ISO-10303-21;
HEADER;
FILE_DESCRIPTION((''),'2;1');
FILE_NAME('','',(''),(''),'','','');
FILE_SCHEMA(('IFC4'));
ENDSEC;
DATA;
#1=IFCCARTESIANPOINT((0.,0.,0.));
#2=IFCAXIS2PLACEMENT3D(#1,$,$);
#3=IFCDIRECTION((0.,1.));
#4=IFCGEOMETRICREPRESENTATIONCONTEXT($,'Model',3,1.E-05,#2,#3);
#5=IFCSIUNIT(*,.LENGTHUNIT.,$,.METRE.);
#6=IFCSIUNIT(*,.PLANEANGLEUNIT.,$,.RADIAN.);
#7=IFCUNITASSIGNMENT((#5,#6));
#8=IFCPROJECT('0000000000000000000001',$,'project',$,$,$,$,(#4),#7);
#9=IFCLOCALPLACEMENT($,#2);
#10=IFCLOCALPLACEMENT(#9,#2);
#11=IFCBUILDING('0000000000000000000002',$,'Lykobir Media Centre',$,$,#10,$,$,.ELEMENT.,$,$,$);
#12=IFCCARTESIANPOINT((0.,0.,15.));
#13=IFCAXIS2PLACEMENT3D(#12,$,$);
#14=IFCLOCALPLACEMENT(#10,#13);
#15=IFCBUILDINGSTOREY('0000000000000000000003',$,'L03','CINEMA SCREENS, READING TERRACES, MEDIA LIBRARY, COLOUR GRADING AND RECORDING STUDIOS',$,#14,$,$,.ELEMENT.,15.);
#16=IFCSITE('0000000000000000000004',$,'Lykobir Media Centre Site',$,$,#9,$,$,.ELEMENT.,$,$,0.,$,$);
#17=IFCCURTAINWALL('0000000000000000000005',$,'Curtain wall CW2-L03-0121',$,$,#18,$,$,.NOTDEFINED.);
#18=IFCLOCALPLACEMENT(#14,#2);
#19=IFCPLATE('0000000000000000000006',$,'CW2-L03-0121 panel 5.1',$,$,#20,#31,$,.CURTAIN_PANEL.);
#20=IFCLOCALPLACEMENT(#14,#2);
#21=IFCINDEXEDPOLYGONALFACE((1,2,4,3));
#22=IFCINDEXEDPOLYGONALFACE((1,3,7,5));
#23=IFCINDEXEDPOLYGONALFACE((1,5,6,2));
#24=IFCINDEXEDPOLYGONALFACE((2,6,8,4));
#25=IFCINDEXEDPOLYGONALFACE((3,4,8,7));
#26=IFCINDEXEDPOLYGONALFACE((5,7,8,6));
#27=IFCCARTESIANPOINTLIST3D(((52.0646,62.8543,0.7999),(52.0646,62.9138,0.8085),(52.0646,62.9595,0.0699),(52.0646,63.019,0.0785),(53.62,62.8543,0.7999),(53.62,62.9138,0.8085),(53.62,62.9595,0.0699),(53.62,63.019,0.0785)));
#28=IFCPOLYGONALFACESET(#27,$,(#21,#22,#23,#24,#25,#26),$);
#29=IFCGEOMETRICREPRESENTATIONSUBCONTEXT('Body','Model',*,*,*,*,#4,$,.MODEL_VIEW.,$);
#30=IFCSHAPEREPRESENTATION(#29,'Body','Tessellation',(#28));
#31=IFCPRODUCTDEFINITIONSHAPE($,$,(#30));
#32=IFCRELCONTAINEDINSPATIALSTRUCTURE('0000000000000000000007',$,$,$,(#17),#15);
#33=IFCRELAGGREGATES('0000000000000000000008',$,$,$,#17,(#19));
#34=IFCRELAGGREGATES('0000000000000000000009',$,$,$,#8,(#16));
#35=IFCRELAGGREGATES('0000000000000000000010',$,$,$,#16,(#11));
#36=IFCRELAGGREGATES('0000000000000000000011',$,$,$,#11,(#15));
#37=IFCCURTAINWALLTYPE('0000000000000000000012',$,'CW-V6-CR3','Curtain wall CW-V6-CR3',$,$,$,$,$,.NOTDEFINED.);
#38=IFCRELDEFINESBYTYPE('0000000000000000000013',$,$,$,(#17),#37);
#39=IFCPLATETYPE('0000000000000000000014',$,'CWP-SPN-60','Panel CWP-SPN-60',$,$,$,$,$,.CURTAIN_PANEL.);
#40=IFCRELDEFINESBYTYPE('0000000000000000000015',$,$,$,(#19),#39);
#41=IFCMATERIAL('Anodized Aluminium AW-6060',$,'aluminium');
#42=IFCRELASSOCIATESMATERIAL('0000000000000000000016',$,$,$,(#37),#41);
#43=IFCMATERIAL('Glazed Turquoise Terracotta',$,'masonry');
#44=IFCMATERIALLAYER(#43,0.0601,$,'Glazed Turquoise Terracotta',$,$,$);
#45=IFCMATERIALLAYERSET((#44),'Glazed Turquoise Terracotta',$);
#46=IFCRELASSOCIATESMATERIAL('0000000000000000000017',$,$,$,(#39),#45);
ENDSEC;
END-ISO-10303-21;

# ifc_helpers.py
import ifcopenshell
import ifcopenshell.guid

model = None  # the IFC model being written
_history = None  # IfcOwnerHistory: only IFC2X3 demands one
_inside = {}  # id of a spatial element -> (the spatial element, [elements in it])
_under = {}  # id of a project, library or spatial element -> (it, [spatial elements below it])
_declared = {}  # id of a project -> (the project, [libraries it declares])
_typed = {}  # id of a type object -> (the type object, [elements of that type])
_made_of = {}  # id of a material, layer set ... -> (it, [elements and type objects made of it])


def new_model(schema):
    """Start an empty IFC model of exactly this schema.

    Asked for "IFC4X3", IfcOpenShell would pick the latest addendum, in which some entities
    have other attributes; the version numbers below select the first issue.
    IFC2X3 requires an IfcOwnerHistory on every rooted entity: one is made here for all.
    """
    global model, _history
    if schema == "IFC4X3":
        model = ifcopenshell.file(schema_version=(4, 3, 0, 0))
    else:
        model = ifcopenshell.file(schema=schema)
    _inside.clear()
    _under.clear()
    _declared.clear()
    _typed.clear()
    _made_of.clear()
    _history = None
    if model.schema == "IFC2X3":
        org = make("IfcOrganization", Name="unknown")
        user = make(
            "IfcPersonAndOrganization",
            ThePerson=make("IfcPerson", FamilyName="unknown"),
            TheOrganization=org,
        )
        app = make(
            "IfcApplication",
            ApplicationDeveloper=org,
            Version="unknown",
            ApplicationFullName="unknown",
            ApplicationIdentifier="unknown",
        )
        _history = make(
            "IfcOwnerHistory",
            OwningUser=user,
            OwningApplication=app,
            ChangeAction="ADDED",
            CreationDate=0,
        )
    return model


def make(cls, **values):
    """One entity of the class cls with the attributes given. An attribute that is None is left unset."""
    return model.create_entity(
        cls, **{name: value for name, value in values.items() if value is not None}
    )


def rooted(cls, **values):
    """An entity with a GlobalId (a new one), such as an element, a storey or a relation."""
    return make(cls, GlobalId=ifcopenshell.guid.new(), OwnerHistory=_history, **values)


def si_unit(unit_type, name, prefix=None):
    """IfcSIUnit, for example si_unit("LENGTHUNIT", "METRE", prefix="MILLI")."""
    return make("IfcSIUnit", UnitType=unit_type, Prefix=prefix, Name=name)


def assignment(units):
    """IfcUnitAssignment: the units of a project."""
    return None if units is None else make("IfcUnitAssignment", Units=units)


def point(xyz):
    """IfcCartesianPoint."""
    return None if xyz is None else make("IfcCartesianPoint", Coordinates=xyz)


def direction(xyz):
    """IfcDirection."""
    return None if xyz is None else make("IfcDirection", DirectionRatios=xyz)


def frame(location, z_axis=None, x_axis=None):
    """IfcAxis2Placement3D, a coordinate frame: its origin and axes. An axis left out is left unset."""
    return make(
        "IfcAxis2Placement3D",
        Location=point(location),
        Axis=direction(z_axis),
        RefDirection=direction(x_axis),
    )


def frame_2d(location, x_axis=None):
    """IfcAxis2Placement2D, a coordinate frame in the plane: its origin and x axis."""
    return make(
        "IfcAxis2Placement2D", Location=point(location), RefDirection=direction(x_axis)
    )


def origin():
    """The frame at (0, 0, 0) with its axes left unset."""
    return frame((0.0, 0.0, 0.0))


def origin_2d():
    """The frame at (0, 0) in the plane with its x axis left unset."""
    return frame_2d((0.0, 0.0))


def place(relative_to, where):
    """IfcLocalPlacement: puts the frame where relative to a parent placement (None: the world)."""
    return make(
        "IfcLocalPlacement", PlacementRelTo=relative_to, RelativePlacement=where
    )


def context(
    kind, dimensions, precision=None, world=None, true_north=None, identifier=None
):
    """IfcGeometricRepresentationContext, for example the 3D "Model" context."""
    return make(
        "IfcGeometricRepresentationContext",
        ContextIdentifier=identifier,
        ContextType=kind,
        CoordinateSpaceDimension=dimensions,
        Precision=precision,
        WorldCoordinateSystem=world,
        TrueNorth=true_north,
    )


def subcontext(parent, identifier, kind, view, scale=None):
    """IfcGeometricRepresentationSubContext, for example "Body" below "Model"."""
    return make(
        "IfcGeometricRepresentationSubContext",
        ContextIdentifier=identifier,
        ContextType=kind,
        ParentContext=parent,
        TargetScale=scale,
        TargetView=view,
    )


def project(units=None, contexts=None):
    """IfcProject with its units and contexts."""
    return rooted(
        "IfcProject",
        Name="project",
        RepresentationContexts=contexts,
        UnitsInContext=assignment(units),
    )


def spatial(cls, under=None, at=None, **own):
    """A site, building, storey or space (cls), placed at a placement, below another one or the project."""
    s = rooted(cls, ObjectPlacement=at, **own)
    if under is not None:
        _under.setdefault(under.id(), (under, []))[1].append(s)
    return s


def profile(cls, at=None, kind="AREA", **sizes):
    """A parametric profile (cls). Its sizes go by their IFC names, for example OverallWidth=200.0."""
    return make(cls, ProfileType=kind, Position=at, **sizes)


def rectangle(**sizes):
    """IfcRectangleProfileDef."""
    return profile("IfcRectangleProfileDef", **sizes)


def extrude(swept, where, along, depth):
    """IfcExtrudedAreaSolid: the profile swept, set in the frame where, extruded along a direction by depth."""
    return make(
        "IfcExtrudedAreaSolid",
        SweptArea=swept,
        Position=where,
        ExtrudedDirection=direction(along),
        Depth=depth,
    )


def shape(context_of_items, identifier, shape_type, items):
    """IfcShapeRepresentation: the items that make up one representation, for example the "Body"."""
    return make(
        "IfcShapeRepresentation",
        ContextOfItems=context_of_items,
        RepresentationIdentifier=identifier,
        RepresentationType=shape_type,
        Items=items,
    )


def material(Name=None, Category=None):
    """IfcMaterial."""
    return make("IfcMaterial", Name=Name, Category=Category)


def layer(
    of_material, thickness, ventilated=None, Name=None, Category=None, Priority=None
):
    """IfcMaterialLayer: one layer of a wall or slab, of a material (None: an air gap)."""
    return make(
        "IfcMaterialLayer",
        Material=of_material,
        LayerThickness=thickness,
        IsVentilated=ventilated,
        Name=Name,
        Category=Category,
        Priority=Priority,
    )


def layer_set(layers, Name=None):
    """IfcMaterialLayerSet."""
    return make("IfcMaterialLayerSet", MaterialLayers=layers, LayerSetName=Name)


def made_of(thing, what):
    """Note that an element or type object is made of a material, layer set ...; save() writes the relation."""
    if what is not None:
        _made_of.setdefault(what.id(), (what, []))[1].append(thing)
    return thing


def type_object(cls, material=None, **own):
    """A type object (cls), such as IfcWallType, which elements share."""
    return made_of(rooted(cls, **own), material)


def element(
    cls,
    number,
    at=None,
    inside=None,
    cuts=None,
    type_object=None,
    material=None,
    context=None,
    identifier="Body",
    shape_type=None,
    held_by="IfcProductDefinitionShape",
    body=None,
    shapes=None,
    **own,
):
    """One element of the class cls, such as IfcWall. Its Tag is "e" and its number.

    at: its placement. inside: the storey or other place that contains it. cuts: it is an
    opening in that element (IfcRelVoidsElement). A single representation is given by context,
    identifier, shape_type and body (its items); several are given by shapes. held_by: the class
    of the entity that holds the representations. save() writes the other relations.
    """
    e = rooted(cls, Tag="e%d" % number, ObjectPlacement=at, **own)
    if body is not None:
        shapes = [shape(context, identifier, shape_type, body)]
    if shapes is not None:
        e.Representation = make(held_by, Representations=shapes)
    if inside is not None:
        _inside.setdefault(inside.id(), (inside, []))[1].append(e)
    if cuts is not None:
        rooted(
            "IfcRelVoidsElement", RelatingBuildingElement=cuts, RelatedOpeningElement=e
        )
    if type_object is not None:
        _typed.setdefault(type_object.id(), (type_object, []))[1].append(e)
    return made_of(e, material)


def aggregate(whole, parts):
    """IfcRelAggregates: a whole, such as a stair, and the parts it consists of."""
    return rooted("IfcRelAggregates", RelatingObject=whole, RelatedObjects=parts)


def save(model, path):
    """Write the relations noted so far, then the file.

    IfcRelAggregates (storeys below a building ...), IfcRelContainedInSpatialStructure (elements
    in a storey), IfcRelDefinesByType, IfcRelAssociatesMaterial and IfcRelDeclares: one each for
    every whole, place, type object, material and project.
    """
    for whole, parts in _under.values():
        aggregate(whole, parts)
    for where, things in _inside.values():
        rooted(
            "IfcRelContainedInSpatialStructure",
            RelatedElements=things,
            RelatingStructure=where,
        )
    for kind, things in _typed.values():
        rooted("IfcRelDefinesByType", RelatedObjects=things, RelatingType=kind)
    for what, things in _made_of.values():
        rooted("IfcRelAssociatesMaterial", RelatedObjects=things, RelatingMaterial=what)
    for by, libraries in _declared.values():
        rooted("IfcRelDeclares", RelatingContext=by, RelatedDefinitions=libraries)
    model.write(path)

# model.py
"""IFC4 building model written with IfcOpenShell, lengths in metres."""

from ifc_helpers import new_model, si_unit, direction, frame, origin, origin_2d, place, context, subcontext, project, spatial, rectangle, extrude, material, layer, layer_set, type_object, element, aggregate, save


model = new_model("IFC4")

# Units and contexts
model_context = context("Model", 3, precision=1e-05, world=origin(), true_north=direction((0.0, 1.0)))
body_context = subcontext(model_context, "Body", "Model", "MODEL_VIEW")
ifc_project = project(units=[si_unit("LENGTHUNIT", "METRE"), si_unit("PLANEANGLEUNIT", "RADIAN")], contexts=[model_context])

# Site, building, storey
site_placement = place(None, origin())
site = spatial("IfcSite", under=ifc_project, at=site_placement, Name="Lykobir Media Centre Site", CompositionType="ELEMENT", RefElevation=0.0)
building_placement = place(site_placement, origin())
building = spatial("IfcBuilding", under=site, at=building_placement, Name="Lykobir Media Centre", CompositionType="ELEMENT")
storey_placement = place(building_placement, frame((0.0, 0.0, 15.0)))
storey = spatial("IfcBuildingStorey", under=building, at=storey_placement, Name="L03", Description="CINEMA SCREENS, READING TERRACES, MEDIA LIBRARY, COLOUR GRADING AND RECORDING STUDIOS", CompositionType="ELEMENT", Elevation=15.0)

# Curtain wall
ifc_material_1 = material(Name="Anodized Aluminium AW-6060", Category="aluminium")
curtain_wall_type = type_object("IfcCurtainWallType", Name="CW-V6-CR3", Description="Curtain wall CW-V6-CR3", PredefinedType="NOTDEFINED", material=ifc_material_1)
curtain_wall_placement = place(storey_placement, origin())
curtain_wall = element("IfcCurtainWall", 1, at=curtain_wall_placement, inside=storey, type_object=curtain_wall_type, Name="Curtain wall CW2-L03-0121", PredefinedType="NOTDEFINED")

# Plate
ifc_material_2 = material(Name="Glazed Turquoise Terracotta", Category="masonry")
ifc_layer = layer(ifc_material_2, 0.0601, Name="Glazed Turquoise Terracotta")
ifc_layer_set = layer_set([ifc_layer], Name="Glazed Turquoise Terracotta")
plate_type = type_object("IfcPlateType", Name="CWP-SPN-60", Description="Panel CWP-SPN-60", PredefinedType="CURTAIN_PANEL", material=ifc_layer_set)
plate_1_placement = place(storey_placement, frame((52.8423, 62.9893, 0.0742), z_axis=(0.0, -0.142629, 0.989776), x_axis=(1.0, 0.0, 0.0)))
plate_1 = element("IfcPlate", 2, at=plate_1_placement, type_object=plate_type, Name="CW2-L03-0121 panel 5.1", PredefinedType="CURTAIN_PANEL", context=body_context, shape_type="SweptSolid", body=[
    extrude(rectangle(XDim=1.5554, YDim=0.0601, at=origin_2d()), origin(), (0.0, 0.0, 1.0), 0.7375),
])
aggregate(curtain_wall, [plate_1])

save(model, "model.ifc")
